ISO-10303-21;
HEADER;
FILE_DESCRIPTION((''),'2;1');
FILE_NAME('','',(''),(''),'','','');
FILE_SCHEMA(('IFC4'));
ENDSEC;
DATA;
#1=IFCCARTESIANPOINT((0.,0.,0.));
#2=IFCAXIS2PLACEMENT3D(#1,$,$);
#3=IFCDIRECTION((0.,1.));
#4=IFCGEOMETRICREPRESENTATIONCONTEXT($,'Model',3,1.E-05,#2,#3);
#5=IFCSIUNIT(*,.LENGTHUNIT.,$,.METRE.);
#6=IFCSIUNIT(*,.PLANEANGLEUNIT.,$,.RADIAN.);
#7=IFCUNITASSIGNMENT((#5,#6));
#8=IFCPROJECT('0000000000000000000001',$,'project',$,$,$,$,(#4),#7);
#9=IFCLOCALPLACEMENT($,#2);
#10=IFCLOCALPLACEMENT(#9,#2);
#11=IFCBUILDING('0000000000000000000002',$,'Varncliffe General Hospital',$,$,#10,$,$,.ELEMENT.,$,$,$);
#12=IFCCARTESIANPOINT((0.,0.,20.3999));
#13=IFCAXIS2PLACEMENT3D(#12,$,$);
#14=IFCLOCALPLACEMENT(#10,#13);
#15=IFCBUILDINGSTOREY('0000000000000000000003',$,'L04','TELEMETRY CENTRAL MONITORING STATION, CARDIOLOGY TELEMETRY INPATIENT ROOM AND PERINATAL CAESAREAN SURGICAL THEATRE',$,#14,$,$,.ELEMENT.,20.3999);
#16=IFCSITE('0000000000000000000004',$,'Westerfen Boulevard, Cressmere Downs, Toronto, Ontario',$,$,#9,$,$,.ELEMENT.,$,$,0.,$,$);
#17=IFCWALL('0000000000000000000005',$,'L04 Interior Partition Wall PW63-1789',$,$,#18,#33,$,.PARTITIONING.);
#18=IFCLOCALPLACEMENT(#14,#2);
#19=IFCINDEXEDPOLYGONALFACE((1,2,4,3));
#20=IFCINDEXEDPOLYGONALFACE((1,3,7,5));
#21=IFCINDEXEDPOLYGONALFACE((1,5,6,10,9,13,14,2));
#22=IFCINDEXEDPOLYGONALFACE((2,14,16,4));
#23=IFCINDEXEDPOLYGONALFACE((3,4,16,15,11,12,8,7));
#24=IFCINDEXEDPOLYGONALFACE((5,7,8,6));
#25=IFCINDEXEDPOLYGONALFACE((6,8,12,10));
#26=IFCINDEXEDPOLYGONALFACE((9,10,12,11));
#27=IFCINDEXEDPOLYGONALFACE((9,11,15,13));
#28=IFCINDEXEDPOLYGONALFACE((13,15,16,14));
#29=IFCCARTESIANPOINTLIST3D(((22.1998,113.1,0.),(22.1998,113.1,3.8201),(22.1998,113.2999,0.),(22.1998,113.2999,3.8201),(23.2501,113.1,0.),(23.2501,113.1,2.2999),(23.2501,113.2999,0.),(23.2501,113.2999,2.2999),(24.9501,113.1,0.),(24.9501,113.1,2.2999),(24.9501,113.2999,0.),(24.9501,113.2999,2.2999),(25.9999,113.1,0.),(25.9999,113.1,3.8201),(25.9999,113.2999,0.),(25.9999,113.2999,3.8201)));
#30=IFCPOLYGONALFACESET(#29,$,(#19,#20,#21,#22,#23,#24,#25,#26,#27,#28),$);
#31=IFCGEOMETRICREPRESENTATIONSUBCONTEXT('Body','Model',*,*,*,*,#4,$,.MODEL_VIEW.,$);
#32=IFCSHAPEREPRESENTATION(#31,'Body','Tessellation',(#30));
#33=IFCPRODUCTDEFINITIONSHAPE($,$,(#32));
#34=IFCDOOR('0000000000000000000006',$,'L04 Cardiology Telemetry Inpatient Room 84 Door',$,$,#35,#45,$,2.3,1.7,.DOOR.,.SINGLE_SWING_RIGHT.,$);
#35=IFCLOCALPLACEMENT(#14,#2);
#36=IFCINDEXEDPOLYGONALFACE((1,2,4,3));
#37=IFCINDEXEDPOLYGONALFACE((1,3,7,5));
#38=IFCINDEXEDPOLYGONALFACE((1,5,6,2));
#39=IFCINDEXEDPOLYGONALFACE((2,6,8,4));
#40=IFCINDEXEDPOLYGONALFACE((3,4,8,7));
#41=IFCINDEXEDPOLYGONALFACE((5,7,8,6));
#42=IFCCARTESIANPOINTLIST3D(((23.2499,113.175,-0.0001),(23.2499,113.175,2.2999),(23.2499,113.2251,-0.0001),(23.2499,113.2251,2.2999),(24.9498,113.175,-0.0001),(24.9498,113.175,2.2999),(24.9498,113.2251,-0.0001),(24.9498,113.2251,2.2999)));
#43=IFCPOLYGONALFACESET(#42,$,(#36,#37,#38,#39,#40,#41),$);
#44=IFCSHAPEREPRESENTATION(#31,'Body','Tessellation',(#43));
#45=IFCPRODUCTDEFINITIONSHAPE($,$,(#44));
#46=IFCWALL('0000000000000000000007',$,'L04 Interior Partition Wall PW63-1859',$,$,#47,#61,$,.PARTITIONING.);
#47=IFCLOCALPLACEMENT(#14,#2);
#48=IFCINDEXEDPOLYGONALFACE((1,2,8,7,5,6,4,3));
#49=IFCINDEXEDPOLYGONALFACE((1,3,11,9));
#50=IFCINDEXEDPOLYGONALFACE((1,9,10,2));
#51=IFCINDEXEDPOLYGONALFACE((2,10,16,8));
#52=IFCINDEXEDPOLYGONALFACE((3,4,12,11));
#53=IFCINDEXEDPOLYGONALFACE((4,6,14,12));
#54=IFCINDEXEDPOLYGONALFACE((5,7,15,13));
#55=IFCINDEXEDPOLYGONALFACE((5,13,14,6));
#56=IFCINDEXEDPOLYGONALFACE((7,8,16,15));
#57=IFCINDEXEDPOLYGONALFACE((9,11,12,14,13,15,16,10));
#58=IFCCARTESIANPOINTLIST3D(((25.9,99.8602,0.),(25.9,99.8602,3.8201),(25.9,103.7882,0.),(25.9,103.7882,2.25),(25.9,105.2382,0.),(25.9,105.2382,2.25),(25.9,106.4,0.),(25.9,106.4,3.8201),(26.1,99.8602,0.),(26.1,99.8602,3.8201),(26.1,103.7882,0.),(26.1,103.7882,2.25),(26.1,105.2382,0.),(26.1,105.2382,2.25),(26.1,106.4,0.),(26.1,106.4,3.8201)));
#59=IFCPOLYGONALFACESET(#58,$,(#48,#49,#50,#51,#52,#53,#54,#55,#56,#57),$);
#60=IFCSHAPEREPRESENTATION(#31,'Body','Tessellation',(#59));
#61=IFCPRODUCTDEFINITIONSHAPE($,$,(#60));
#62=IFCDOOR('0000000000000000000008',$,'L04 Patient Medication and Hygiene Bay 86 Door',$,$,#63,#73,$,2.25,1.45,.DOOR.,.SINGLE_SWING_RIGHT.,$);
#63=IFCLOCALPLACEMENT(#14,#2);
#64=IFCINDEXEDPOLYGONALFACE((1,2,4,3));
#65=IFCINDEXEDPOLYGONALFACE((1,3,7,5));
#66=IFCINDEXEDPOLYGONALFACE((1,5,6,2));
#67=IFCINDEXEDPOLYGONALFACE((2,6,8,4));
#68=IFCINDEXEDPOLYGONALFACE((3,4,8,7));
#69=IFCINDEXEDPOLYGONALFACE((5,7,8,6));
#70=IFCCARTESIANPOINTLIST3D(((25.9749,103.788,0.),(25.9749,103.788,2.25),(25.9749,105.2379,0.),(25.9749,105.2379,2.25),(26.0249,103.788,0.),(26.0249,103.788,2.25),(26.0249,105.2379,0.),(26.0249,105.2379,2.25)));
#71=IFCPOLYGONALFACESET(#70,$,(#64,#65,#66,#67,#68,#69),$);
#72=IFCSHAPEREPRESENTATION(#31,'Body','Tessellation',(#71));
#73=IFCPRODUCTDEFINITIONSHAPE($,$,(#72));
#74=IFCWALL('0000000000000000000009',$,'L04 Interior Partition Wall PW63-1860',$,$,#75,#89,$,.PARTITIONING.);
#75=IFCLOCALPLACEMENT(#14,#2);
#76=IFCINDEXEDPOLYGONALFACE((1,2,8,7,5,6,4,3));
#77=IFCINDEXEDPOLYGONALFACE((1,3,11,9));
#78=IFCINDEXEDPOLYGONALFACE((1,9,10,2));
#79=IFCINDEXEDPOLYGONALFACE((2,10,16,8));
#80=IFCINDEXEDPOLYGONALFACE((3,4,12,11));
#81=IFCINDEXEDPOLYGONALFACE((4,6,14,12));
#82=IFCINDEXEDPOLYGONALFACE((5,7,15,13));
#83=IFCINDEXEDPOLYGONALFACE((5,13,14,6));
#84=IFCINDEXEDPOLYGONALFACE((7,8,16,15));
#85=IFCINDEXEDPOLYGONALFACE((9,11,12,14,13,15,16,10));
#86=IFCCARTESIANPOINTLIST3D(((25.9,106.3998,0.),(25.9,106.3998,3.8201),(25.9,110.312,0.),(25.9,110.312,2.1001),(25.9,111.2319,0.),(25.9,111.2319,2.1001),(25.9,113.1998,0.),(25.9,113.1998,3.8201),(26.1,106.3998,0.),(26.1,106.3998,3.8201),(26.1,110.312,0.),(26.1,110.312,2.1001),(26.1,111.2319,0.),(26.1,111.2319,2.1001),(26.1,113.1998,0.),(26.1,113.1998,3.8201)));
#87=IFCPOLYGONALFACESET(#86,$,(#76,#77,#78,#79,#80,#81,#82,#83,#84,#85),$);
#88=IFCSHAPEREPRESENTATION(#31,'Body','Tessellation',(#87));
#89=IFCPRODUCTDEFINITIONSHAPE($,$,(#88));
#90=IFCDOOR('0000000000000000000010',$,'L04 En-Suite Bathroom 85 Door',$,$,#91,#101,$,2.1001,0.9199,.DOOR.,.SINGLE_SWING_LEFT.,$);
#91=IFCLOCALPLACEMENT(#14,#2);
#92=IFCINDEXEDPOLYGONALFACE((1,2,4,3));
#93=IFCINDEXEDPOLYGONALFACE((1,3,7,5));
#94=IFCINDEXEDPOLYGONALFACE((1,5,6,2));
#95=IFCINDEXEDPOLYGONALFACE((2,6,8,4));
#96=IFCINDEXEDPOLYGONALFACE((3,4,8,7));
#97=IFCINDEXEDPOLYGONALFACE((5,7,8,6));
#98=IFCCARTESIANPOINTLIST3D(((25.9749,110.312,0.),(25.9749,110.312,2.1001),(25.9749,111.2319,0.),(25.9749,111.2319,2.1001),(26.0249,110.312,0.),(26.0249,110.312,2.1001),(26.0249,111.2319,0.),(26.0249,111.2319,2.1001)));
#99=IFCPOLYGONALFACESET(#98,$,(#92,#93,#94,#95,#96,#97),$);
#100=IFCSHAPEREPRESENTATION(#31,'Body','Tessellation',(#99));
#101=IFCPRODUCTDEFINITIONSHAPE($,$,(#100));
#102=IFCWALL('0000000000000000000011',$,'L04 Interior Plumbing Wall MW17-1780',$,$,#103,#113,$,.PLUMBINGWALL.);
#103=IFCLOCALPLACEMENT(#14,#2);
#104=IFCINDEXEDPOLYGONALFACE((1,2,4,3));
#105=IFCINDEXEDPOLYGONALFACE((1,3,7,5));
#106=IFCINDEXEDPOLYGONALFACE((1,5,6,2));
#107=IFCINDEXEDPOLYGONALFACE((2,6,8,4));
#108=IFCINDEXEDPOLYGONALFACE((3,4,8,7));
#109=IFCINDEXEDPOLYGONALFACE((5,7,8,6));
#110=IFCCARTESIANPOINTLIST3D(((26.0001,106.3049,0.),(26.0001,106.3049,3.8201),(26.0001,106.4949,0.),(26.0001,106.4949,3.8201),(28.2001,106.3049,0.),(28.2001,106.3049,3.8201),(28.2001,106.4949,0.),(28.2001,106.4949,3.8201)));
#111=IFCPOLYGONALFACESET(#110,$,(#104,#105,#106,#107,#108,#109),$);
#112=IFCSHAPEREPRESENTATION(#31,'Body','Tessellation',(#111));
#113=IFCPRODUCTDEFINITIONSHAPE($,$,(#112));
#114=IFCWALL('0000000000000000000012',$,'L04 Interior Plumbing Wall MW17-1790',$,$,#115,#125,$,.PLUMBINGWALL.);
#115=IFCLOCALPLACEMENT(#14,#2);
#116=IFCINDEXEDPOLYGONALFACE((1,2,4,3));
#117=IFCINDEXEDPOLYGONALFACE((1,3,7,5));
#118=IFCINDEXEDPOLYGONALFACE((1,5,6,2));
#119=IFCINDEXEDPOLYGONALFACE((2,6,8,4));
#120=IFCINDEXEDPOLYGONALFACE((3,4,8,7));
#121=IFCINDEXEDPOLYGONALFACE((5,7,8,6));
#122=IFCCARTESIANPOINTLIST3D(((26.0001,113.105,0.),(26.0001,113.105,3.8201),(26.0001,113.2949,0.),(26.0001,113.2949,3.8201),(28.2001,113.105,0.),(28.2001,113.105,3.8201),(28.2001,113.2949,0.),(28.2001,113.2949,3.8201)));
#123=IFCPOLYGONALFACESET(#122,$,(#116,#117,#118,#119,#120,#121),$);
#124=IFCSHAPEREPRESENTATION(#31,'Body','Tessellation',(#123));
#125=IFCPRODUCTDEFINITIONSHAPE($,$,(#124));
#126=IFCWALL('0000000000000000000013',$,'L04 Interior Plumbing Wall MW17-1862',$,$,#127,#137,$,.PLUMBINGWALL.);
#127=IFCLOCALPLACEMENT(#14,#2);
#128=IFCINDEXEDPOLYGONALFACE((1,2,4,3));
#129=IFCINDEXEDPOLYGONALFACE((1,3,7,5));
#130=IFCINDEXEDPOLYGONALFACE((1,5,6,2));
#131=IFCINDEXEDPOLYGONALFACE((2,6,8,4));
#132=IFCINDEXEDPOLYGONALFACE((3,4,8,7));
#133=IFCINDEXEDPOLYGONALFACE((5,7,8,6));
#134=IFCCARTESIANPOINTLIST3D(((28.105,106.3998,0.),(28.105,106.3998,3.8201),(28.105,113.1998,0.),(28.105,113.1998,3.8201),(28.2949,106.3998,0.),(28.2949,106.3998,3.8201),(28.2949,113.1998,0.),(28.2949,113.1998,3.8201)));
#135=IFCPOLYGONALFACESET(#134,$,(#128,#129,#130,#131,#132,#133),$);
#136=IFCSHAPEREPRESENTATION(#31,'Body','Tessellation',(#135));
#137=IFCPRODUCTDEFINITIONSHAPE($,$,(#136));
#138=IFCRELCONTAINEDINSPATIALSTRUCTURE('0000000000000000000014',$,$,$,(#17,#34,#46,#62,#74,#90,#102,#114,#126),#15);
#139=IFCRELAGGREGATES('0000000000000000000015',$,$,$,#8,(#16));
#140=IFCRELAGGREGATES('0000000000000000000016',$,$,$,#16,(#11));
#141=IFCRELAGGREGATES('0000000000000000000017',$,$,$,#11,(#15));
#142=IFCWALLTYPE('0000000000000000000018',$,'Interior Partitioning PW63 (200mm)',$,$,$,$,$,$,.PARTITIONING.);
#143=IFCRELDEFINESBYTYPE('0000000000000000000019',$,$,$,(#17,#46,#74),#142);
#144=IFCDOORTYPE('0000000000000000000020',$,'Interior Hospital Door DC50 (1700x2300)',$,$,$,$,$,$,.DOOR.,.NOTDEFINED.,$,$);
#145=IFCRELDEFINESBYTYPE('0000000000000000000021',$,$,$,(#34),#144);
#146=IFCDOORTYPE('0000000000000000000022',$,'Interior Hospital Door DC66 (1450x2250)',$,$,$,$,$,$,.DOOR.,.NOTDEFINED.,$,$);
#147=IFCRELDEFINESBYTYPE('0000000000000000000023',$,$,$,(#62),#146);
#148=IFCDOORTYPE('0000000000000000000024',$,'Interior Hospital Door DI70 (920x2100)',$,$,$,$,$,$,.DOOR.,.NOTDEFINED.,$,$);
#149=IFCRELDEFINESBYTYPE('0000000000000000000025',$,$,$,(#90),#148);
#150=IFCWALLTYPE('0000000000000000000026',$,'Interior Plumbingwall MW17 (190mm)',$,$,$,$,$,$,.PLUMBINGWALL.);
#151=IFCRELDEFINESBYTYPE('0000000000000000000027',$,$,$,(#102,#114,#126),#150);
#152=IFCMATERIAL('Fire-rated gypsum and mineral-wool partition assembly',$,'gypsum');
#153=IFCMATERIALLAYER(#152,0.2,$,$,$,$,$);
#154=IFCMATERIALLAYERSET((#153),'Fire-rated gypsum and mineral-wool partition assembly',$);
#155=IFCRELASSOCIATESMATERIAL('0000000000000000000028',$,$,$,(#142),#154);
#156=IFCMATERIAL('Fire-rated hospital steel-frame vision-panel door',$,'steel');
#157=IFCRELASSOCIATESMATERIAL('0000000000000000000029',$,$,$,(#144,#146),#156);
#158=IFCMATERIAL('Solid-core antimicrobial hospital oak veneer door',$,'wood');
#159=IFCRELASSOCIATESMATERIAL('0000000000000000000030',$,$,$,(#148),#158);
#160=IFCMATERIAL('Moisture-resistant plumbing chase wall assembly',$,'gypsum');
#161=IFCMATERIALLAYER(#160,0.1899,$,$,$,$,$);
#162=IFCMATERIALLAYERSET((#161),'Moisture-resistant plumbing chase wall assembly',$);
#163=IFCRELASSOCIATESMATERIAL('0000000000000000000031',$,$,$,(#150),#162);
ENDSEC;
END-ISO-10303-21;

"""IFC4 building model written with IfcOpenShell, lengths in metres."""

from ifc_helpers import new_model, si_unit, direction, frame, frame_2d, origin, place, context, subcontext, project, spatial, rectangle, extrude, material, layer, layer_set, type_object, element, fill, save


model = new_model("IFC4")

# Units and contexts
model_context = context("Model", 3, precision=1e-05, world=origin(), true_north=direction((0.0, 1.0)))
body_context = subcontext(model_context, "Body", "Model", "MODEL_VIEW")
ifc_project = project(units=[si_unit("LENGTHUNIT", "METRE"), si_unit("PLANEANGLEUNIT", "RADIAN")], contexts=[model_context])

# Site, building, storey
site_placement = place(None, origin())
site = spatial("IfcSite", under=ifc_project, at=site_placement, Name="Westerfen Boulevard, Cressmere Downs, Toronto, Ontario", CompositionType="ELEMENT", RefElevation=0.0)
building_placement = place(site_placement, origin())
building = spatial("IfcBuilding", under=site, at=building_placement, Name="Varncliffe General Hospital", CompositionType="ELEMENT")
storey_placement = place(building_placement, frame((0.0, 0.0, 20.3999)))
storey = spatial("IfcBuildingStorey", under=building, at=storey_placement, Name="L04", Description="TELEMETRY CENTRAL MONITORING STATION, CARDIOLOGY TELEMETRY INPATIENT ROOM AND PERINATAL CAESAREAN SURGICAL THEATRE", CompositionType="ELEMENT", Elevation=20.3999)

# Walls, openings, doors
ifc_material_1 = material(Name="Fire-rated gypsum and mineral-wool partition assembly", Category="gypsum")
ifc_material_2 = material(Name="Fire-rated hospital steel-frame vision-panel door", Category="steel")
ifc_layer_1 = layer(ifc_material_1, 0.2)
ifc_layer_set_1 = layer_set([ifc_layer_1], Name="Fire-rated gypsum and mineral-wool partition assembly")
wall_type_1 = type_object("IfcWallType", Name="Interior Partitioning PW63 (200mm)", PredefinedType="PARTITIONING", material=ifc_layer_set_1)
wall_1_placement = place(storey_placement, frame((22.2, 113.2, 0.0), z_axis=(0.0, 0.0, 1.0), x_axis=(1.0, 0.0, 0.0)))
wall_1 = element("IfcWall", 1, at=wall_1_placement, inside=storey, type_object=wall_type_1, Name="L04 Interior Partition Wall PW63-1789", PredefinedType="PARTITIONING", context=body_context, shape_type="SweptSolid", body=[
    extrude(rectangle(XDim=3.8, YDim=0.2, at=frame_2d((1.8999, 0.0))), origin(), (0.0, 0.0, 1.0), 3.8201),
])
opening_1_placement = place(wall_1_placement, frame((1.05, 0.0, 0.0)))
opening_1 = element("IfcOpeningElement", 2, at=opening_1_placement, cuts=wall_1, PredefinedType="OPENING", context=body_context, shape_type="SweptSolid", body=[
    extrude(rectangle(XDim=1.7, YDim=2.3, at=frame_2d((0.8501, 1.1499))), frame((0.0, 0.1099, 0.0), z_axis=(0.0, -1.0, 0.0), x_axis=(1.0, 0.0, 0.0)), (0.0, 0.0, 1.0), 0.22),
])
door_type_1 = type_object("IfcDoorType", Name="Interior Hospital Door DC50 (1700x2300)", OperationType="NOTDEFINED", PredefinedType="DOOR", material=ifc_material_2)
door_1_placement = place(opening_1_placement, frame((1.7, 0.0, 0.0), z_axis=(0.0, 0.0, 1.0), x_axis=(-1.0, 0.0, 0.0)))
door_1 = element("IfcDoor", 3, at=door_1_placement, inside=storey, type_object=door_type_1, Name="L04 Cardiology Telemetry Inpatient Room 84 Door", OperationType="SINGLE_SWING_RIGHT", OverallHeight=2.3, OverallWidth=1.7, PredefinedType="DOOR", context=body_context, shape_type="SweptSolid", body=[
    extrude(rectangle(XDim=1.7, YDim=2.3, at=frame_2d((0.8501, 1.1499))), frame((0.0, 0.0249, 0.0), z_axis=(0.0, -1.0, 0.0), x_axis=(1.0, 0.0, 0.0)), (0.0, 0.0, 1.0), 0.05),
])
fill(opening_1, door_1)
wall_2_placement = place(storey_placement, frame((26.0, 99.8601, 0.0), z_axis=(0.0, 0.0, 1.0), x_axis=(0.0, 1.0, 0.0)))
wall_2 = element("IfcWall", 4, at=wall_2_placement, inside=storey, type_object=wall_type_1, Name="L04 Interior Partition Wall PW63-1859", PredefinedType="PARTITIONING", context=body_context, shape_type="SweptSolid", body=[
    extrude(rectangle(XDim=6.5398, YDim=0.2, at=frame_2d((3.27, 0.0))), origin(), (0.0, 0.0, 1.0), 3.8201),
])
opening_2_placement = place(wall_2_placement, frame((3.928, 0.0, 0.0)))
opening_2 = element("IfcOpeningElement", 5, at=opening_2_placement, cuts=wall_2, PredefinedType="OPENING", context=body_context, shape_type="SweptSolid", body=[
    extrude(rectangle(XDim=1.45, YDim=2.25, at=frame_2d((0.7251, 1.125))), frame((0.0, 0.1099, 0.0), z_axis=(0.0, -1.0, 0.0), x_axis=(1.0, 0.0, 0.0)), (0.0, 0.0, 1.0), 0.22),
])
door_type_2 = type_object("IfcDoorType", Name="Interior Hospital Door DC66 (1450x2250)", OperationType="NOTDEFINED", PredefinedType="DOOR", material=ifc_material_2)
door_2_placement = place(opening_2_placement, frame((1.45, 0.0, 0.0), z_axis=(0.0, 0.0, 1.0), x_axis=(-1.0, 0.0, 0.0)))
door_2 = element("IfcDoor", 6, at=door_2_placement, inside=storey, type_object=door_type_2, Name="L04 Patient Medication and Hygiene Bay 86 Door", OperationType="SINGLE_SWING_RIGHT", OverallHeight=2.25, OverallWidth=1.45, PredefinedType="DOOR", context=body_context, shape_type="SweptSolid", body=[
    extrude(rectangle(XDim=1.45, YDim=2.25, at=frame_2d((0.7251, 1.125))), frame((0.0, 0.0249, 0.0), z_axis=(0.0, -1.0, 0.0), x_axis=(1.0, 0.0, 0.0)), (0.0, 0.0, 1.0), 0.05),
])
fill(opening_2, door_2)
wall_3_placement = place(storey_placement, frame((26.0, 106.3999, 0.0), z_axis=(0.0, 0.0, 1.0), x_axis=(0.0, 1.0, 0.0)))
wall_3 = element("IfcWall", 7, at=wall_3_placement, inside=storey, type_object=wall_type_1, Name="L04 Interior Partition Wall PW63-1860", PredefinedType="PARTITIONING", context=body_context, shape_type="SweptSolid", body=[
    extrude(rectangle(XDim=6.8, YDim=0.2, at=frame_2d((3.3999, 0.0))), origin(), (0.0, 0.0, 1.0), 3.8201),
])
opening_3_placement = place(wall_3_placement, frame((3.9121, 0.0, 0.0)))
opening_3 = element("IfcOpeningElement", 8, at=opening_3_placement, cuts=wall_3, PredefinedType="OPENING", context=body_context, shape_type="SweptSolid", body=[
    extrude(rectangle(XDim=0.9199, YDim=2.1001, at=frame_2d((0.46, 1.05))), frame((0.0, 0.1099, 0.0), z_axis=(0.0, -1.0, 0.0), x_axis=(1.0, 0.0, 0.0)), (0.0, 0.0, 1.0), 0.22),
])
ifc_material_3 = material(Name="Solid-core antimicrobial hospital oak veneer door", Category="wood")
door_type_3 = type_object("IfcDoorType", Name="Interior Hospital Door DI70 (920x2100)", OperationType="NOTDEFINED", PredefinedType="DOOR", material=ifc_material_3)
door_3_placement = place(opening_3_placement, frame((0.9199, 0.0, 0.0), z_axis=(0.0, 0.0, 1.0), x_axis=(-1.0, 0.0, 0.0)))
door_3 = element("IfcDoor", 9, at=door_3_placement, inside=storey, type_object=door_type_3, Name="L04 En-Suite Bathroom 85 Door", OperationType="SINGLE_SWING_LEFT", OverallHeight=2.1001, OverallWidth=0.9199, PredefinedType="DOOR", context=body_context, shape_type="SweptSolid", body=[
    extrude(rectangle(XDim=0.9199, YDim=2.1001, at=frame_2d((0.46, 1.05))), frame((0.0, 0.0249, 0.0), z_axis=(0.0, -1.0, 0.0), x_axis=(1.0, 0.0, 0.0)), (0.0, 0.0, 1.0), 0.05),
])
fill(opening_3, door_3)

# Walls
ifc_material_4 = material(Name="Moisture-resistant plumbing chase wall assembly", Category="gypsum")
ifc_layer_2 = layer(ifc_material_4, 0.1899)
ifc_layer_set_2 = layer_set([ifc_layer_2], Name="Moisture-resistant plumbing chase wall assembly")
wall_type_2 = type_object("IfcWallType", Name="Interior Plumbingwall MW17 (190mm)", PredefinedType="PLUMBINGWALL", material=ifc_layer_set_2)
for number, where, z_axis, x_axis, name in (
    (10, (26.0, 106.3999, 0.0), (0.0, 0.0, 1.0), (1.0, 0.0, 0.0), "L04 Interior Plumbing Wall MW17-1780"),
    (11, (26.0, 113.2, 0.0), (0.0, 0.0, 1.0), (1.0, 0.0, 0.0), "L04 Interior Plumbing Wall MW17-1790"),
):
    element("IfcWall", number, at=place(storey_placement, frame(where, z_axis=z_axis, x_axis=x_axis)), inside=storey, type_object=wall_type_2, Name=name, PredefinedType="PLUMBINGWALL", context=body_context, shape_type="SweptSolid", body=[
        extrude(rectangle(XDim=2.2, YDim=0.1899, at=frame_2d((1.1001, 0.0))), origin(), (0.0, 0.0, 1.0), 3.8201),
    ])
wall_4_placement = place(storey_placement, frame((28.2, 106.3999, 0.0), z_axis=(0.0, 0.0, 1.0), x_axis=(0.0, 1.0, 0.0)))
element("IfcWall", 12, at=wall_4_placement, inside=storey, type_object=wall_type_2, Name="L04 Interior Plumbing Wall MW17-1862", PredefinedType="PLUMBINGWALL", context=body_context, shape_type="SweptSolid", body=[
    extrude(rectangle(XDim=6.8, YDim=0.1899, at=frame_2d((3.3999, 0.0))), origin(), (0.0, 0.0, 1.0), 3.8201),
])

save(model, "model.ifc")
